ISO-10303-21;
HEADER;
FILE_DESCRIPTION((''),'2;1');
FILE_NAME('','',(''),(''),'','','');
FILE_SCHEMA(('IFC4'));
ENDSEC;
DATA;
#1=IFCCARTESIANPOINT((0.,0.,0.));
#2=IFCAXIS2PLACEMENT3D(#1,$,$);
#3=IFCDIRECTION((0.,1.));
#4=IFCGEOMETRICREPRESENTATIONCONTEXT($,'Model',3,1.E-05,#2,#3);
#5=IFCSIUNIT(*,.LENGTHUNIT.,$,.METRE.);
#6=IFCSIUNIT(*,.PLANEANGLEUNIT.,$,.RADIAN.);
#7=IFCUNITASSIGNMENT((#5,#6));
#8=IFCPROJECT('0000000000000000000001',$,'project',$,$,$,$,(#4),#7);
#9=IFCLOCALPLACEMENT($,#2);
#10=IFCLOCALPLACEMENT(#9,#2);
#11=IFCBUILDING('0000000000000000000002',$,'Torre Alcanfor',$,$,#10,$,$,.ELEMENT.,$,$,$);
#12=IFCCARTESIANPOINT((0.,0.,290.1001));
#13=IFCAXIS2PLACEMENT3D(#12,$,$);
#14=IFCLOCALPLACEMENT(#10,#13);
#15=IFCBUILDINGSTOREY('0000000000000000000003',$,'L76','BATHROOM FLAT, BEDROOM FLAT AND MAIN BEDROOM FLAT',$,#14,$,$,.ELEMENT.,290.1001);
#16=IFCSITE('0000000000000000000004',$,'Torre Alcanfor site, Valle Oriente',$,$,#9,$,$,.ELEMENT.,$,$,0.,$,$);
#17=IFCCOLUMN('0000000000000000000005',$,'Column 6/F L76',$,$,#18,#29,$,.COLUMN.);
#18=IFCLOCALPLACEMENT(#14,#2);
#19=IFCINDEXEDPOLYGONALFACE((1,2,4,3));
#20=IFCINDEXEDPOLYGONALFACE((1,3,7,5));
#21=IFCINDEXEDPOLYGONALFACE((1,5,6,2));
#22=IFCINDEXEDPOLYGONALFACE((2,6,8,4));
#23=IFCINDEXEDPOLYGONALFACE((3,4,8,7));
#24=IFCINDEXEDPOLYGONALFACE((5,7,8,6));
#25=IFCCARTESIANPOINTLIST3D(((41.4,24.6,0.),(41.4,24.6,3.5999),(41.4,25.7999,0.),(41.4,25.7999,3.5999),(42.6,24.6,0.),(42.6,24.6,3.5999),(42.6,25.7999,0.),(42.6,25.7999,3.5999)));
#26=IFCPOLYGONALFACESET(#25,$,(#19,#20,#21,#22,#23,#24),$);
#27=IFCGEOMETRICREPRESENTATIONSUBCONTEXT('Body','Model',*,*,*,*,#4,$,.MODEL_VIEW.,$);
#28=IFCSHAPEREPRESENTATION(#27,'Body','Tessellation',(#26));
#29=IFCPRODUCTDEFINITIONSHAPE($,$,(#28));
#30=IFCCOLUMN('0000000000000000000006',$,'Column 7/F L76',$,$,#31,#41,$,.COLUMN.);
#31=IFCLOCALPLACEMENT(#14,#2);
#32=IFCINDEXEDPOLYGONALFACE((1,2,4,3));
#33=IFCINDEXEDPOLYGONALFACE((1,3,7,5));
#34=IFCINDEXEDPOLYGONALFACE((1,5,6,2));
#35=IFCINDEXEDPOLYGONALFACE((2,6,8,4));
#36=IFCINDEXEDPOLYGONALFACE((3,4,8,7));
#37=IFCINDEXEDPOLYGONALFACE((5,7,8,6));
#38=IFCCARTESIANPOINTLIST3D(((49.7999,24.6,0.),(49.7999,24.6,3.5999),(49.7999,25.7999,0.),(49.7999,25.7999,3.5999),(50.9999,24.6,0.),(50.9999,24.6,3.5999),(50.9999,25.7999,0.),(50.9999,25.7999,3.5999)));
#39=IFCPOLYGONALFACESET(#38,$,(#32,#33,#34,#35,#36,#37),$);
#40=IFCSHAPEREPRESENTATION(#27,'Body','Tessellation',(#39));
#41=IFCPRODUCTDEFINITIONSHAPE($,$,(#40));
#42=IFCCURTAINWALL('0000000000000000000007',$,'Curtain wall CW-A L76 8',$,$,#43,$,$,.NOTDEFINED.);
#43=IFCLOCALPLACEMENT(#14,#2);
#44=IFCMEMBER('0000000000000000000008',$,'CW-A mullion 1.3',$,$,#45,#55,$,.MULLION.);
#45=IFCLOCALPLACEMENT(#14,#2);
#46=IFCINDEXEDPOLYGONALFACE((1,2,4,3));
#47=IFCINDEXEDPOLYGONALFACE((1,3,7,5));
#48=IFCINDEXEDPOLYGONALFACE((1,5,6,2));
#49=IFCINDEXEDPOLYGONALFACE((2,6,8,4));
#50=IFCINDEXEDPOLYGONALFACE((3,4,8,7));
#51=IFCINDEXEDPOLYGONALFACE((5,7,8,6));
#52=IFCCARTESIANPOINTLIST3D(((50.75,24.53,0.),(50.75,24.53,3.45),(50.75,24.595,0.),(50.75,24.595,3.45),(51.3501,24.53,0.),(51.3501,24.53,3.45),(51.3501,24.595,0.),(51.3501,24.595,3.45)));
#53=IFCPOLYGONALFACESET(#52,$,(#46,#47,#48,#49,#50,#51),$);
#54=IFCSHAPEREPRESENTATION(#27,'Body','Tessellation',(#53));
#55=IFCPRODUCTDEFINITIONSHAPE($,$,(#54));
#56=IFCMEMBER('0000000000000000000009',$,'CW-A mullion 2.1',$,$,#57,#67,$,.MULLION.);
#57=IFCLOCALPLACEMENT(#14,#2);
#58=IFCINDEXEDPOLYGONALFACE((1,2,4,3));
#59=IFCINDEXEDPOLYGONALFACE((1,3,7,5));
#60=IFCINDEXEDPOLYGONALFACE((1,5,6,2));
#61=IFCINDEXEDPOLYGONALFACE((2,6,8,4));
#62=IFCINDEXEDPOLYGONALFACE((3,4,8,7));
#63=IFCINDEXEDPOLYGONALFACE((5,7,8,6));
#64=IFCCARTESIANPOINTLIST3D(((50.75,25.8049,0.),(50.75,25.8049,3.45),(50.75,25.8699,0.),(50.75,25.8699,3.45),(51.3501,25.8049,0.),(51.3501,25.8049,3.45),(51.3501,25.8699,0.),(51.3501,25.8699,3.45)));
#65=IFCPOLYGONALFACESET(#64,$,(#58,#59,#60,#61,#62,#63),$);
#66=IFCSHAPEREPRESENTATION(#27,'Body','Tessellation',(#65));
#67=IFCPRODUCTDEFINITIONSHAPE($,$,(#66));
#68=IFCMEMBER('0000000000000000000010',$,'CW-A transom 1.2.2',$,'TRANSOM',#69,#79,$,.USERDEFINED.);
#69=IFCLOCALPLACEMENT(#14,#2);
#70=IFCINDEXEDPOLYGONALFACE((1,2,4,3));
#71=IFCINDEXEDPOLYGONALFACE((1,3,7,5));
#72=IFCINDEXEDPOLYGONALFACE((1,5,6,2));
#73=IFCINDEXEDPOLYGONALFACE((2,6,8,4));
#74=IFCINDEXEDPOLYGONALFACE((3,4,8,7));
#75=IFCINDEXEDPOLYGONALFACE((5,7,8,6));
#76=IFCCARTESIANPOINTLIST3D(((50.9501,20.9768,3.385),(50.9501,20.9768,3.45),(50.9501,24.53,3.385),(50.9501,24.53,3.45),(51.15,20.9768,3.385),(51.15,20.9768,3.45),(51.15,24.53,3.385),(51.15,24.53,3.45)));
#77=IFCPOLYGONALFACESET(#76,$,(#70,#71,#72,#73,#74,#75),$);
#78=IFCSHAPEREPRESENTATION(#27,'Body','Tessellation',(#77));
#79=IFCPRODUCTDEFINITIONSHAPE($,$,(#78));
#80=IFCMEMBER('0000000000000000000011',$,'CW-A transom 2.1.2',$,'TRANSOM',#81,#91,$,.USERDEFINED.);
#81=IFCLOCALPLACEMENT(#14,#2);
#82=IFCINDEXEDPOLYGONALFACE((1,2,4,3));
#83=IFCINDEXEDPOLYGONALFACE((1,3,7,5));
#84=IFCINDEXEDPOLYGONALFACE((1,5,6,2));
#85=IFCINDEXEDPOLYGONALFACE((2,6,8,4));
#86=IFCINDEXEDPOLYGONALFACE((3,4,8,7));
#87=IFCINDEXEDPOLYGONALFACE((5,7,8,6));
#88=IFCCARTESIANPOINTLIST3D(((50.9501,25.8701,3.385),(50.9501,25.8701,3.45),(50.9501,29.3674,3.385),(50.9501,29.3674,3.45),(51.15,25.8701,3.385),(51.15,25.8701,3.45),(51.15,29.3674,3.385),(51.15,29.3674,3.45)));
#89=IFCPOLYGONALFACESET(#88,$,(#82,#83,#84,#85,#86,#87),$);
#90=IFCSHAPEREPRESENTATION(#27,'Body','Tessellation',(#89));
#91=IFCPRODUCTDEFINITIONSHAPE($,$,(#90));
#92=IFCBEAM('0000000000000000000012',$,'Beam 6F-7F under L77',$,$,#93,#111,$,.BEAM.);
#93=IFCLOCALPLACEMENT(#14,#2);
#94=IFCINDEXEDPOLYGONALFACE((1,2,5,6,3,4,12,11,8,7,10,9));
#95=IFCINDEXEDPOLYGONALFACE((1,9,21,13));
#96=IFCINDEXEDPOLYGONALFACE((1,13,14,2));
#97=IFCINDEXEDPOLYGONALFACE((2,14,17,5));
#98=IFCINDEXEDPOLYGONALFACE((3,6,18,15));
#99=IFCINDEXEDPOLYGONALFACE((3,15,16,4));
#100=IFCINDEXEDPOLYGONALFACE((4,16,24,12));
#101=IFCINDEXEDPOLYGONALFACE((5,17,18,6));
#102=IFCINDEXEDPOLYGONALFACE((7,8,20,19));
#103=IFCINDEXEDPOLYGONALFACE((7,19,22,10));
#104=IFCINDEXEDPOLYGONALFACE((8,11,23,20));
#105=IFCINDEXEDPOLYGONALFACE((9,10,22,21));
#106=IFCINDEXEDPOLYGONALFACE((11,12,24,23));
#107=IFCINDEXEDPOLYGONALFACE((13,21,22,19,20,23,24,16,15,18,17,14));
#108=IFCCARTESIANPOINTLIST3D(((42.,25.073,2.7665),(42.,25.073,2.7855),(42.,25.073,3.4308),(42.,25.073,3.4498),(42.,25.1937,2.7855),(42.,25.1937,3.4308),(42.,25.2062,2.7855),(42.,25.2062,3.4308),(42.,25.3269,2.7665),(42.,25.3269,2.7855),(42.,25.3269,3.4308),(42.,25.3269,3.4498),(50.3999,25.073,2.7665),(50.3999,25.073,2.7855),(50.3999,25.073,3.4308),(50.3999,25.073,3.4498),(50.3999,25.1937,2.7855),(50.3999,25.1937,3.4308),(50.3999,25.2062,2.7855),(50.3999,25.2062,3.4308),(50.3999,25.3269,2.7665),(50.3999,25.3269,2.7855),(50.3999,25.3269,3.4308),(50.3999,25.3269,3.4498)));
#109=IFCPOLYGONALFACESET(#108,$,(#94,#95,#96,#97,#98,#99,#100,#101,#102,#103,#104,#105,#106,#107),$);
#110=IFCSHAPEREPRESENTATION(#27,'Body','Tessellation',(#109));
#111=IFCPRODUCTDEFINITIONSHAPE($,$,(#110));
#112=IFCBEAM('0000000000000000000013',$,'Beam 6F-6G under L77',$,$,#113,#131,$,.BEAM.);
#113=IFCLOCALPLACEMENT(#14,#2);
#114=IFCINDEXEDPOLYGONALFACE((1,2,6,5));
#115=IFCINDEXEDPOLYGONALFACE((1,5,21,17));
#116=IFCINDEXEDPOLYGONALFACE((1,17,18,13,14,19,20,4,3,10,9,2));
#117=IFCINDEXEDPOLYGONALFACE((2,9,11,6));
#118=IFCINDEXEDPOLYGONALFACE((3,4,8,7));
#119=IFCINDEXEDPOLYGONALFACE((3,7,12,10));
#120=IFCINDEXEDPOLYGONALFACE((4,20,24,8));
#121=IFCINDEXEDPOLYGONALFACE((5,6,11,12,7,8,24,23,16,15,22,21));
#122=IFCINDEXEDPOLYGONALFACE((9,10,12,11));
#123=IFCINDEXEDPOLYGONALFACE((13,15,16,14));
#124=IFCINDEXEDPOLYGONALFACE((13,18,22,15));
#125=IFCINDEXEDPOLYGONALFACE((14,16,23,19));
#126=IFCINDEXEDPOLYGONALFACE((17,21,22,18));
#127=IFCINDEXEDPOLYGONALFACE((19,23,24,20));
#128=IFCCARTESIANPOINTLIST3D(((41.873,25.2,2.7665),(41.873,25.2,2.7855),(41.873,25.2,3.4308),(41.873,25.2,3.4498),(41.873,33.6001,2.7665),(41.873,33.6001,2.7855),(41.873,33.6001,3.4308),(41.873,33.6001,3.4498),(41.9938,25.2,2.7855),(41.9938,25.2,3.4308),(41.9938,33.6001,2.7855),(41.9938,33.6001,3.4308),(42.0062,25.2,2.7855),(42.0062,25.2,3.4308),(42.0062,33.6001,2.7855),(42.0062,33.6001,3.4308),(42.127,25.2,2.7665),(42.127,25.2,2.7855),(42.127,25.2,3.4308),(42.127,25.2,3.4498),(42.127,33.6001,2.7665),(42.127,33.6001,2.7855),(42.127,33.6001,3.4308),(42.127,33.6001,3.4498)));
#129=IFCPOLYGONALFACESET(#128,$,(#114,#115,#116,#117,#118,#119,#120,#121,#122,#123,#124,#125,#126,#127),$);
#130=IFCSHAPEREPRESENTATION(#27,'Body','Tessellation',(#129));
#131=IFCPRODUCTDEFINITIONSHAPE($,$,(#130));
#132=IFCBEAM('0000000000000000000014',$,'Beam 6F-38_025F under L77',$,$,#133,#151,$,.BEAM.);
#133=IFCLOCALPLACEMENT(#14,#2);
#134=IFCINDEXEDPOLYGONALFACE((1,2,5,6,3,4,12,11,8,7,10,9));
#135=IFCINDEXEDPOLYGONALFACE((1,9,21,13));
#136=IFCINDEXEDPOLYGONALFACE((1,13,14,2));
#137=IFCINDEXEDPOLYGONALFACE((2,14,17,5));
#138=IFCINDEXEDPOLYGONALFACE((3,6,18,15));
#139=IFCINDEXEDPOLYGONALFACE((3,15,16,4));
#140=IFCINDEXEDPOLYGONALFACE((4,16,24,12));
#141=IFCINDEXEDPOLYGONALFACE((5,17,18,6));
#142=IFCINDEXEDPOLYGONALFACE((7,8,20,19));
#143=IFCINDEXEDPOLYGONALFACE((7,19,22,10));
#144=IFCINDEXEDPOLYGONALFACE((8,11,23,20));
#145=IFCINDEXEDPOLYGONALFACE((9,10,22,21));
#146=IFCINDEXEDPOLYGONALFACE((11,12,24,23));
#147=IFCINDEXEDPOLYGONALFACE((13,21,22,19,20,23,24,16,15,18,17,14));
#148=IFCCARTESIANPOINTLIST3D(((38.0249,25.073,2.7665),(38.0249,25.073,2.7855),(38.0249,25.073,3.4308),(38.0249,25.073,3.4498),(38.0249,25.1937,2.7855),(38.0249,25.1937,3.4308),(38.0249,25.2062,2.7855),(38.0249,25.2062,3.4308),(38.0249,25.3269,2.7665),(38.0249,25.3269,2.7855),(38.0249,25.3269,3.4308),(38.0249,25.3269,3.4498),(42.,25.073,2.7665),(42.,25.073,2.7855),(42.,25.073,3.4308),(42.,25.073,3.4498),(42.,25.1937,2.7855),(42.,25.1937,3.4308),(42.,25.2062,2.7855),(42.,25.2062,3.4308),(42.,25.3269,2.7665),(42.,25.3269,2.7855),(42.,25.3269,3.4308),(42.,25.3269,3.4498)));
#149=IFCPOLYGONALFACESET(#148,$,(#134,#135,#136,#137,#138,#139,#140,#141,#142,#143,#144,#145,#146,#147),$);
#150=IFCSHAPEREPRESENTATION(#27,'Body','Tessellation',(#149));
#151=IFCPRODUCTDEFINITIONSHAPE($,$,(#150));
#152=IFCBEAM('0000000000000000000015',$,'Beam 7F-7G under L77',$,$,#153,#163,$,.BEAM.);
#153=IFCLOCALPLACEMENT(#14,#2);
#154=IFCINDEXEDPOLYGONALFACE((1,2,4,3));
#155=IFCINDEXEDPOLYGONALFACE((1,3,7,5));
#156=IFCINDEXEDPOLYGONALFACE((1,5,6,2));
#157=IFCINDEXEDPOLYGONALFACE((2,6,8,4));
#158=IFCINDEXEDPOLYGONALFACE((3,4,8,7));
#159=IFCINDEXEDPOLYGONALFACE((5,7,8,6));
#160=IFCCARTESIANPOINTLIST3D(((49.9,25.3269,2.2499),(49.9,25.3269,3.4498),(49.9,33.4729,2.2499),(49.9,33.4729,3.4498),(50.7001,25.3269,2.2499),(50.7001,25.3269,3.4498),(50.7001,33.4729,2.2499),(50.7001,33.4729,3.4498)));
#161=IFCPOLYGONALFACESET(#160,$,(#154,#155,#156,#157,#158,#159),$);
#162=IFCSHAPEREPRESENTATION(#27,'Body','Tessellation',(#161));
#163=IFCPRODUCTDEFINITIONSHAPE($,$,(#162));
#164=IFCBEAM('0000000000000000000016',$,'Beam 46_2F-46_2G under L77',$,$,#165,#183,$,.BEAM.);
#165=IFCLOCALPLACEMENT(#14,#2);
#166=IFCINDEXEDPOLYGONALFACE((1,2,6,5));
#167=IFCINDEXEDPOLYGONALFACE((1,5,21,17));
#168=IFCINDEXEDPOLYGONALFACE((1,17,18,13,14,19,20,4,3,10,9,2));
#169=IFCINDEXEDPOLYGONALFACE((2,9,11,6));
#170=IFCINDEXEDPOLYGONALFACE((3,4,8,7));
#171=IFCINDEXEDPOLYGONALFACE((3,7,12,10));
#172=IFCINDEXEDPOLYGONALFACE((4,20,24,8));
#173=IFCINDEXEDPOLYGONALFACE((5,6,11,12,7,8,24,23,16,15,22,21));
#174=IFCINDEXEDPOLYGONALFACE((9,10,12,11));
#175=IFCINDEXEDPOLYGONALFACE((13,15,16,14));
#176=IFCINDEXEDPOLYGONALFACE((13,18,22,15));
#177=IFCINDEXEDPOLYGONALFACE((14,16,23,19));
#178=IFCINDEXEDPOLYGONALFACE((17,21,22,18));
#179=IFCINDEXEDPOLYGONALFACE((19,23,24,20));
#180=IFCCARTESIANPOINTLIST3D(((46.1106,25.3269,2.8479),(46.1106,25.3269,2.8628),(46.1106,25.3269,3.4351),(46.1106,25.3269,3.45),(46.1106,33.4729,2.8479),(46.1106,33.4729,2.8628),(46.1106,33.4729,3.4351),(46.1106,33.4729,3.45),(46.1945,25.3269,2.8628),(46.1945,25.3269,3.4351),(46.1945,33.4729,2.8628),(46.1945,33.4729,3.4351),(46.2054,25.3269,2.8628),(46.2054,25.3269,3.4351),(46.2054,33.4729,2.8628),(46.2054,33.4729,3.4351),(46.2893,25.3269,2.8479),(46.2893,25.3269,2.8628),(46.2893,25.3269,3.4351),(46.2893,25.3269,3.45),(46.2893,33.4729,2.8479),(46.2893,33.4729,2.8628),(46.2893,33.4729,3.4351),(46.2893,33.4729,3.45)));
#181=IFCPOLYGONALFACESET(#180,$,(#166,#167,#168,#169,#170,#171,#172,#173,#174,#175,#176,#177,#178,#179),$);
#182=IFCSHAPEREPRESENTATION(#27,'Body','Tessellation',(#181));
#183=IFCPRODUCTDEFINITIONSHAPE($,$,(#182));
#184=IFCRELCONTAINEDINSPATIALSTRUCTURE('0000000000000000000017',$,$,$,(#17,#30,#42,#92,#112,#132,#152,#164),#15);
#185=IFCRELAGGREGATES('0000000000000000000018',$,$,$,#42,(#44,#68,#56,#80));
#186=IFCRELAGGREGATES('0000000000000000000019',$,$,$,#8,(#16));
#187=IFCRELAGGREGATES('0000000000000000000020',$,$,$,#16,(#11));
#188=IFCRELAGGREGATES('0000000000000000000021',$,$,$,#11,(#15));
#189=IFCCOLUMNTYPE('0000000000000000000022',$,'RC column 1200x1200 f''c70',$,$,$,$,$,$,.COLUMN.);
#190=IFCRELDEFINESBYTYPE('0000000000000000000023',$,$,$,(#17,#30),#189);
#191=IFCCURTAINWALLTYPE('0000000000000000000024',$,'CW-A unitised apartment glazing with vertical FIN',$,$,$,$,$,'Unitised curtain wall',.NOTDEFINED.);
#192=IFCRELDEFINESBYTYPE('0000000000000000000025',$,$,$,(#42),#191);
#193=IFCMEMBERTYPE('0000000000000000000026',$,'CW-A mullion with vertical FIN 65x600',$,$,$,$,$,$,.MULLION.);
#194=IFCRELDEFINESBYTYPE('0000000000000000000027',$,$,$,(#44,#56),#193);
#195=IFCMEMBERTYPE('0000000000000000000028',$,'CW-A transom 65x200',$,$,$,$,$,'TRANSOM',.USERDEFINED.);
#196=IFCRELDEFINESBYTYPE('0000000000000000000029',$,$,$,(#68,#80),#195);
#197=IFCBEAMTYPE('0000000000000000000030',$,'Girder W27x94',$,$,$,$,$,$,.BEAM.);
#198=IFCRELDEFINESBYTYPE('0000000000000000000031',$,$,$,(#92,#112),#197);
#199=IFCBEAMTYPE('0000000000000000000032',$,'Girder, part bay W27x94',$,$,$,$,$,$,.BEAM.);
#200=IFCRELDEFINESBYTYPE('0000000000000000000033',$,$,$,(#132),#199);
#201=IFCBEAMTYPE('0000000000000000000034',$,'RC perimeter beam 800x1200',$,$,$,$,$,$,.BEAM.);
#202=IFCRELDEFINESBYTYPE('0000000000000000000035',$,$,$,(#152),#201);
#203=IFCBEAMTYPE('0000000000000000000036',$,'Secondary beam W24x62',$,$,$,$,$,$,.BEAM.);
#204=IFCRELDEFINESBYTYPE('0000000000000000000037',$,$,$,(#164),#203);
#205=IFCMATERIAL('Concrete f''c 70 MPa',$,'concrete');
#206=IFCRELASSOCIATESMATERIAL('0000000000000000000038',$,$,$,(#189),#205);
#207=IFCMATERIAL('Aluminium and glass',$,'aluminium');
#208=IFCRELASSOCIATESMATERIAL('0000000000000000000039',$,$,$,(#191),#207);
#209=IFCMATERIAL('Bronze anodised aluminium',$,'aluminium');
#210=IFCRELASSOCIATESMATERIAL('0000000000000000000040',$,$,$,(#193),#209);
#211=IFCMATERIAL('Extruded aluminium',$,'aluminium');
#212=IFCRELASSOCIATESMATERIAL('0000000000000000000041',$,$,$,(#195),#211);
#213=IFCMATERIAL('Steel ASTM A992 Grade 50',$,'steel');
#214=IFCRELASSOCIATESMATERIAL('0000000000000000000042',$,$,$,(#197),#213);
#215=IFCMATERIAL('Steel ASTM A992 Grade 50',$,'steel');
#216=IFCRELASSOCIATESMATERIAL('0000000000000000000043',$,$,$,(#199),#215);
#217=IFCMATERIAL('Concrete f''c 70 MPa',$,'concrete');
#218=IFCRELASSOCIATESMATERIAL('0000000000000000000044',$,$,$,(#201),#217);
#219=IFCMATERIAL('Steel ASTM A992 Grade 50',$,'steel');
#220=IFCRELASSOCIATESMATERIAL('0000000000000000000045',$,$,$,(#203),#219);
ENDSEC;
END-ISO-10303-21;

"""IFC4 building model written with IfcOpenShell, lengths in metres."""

from ifc_helpers import new_model, si_unit, direction, frame, origin, origin_2d, place, context, subcontext, project, spatial, rectangle, i_section, extrude, material, material_profile, profile_set, type_object, element, aggregate, save


model = new_model("IFC4")

# Units and contexts
model_context = context("Model", 3, precision=1e-05, world=origin(), true_north=direction((0.0, 1.0)))
body_context = subcontext(model_context, "Body", "Model", "MODEL_VIEW")
ifc_project = project(units=[si_unit("LENGTHUNIT", "METRE"), si_unit("PLANEANGLEUNIT", "RADIAN")], contexts=[model_context])

# Site, building, storey
site_placement = place(None, origin())
site = spatial("IfcSite", under=ifc_project, at=site_placement, Name="Torre Alcanfor site, Valle Oriente", CompositionType="ELEMENT", RefElevation=0.0)
building_placement = place(site_placement, origin())
building = spatial("IfcBuilding", under=site, at=building_placement, Name="Torre Alcanfor", CompositionType="ELEMENT")
storey_placement = place(building_placement, frame((0.0, 0.0, 290.1001)))
storey = spatial("IfcBuildingStorey", under=building, at=storey_placement, Name="L76", Description="BATHROOM FLAT, BEDROOM FLAT AND MAIN BEDROOM FLAT", CompositionType="ELEMENT", Elevation=290.1001)

# Columns
ifc_material_1 = material(Name="Concrete f'c 70 MPa", Category="concrete")
ifc_material_profile_1 = material_profile(ifc_material_1, rectangle(XDim=1.2, YDim=1.2, at=origin_2d()), Name="1200x1200")
ifc_profile_set_1 = profile_set([ifc_material_profile_1], Name="Concrete f'c 70 MPa")
column_type = type_object("IfcColumnType", Name="RC column 1200x1200 f'c70", PredefinedType="COLUMN", material=ifc_profile_set_1)
for number, where, z_axis, x_axis, name in (
    (1, (42.0, 25.2, 0.0), (0.0, 0.0, 1.0), (1.0, 0.0, 0.0), "Column 6/F L76"),
    (2, (50.3999, 25.2, 0.0), (0.0, 0.0, 1.0), (1.0, 0.0, 0.0), "Column 7/F L76"),
):
    element("IfcColumn", number, at=place(storey_placement, frame(where, z_axis=z_axis, x_axis=x_axis)), inside=storey, type_object=column_type, Name=name, PredefinedType="COLUMN", context=body_context, shape_type="SweptSolid", body=[
        extrude(rectangle(XDim=1.2, YDim=1.2, at=origin_2d()), origin(), (0.0, 0.0, 1.0), 3.5999),
    ])

# Curtain wall, members
ifc_material_2 = material(Name="Aluminium and glass", Category="aluminium")
curtain_wall_type = type_object("IfcCurtainWallType", Name="CW-A unitised apartment glazing with vertical FIN", ElementType="Unitised curtain wall", PredefinedType="NOTDEFINED", material=ifc_material_2)
curtain_wall_placement = place(storey_placement, origin())
curtain_wall = element("IfcCurtainWall", 3, at=curtain_wall_placement, inside=storey, type_object=curtain_wall_type, Name="Curtain wall CW-A L76 8", PredefinedType="NOTDEFINED")
ifc_material_3 = material(Name="Bronze anodised aluminium", Category="aluminium")
ifc_material_profile_2 = material_profile(ifc_material_3, rectangle(XDim=0.6001, YDim=0.0649, at=origin_2d()), Name="CW-A mullion 65x600")
ifc_profile_set_2 = profile_set([ifc_material_profile_2], Name="Bronze anodised aluminium")
member_type_1 = type_object("IfcMemberType", Name="CW-A mullion with vertical FIN 65x600", PredefinedType="MULLION", material=ifc_profile_set_2)
member_1_placement = place(storey_placement, frame((51.05, 24.5625, 0.0), z_axis=(0.0, 0.0, 1.0), x_axis=(-1.0, 0.0, 0.0)))
member_1 = element("IfcMember", 4, at=member_1_placement, type_object=member_type_1, Name="CW-A mullion 1.3", PredefinedType="MULLION", context=body_context, shape_type="SweptSolid", body=[
    extrude(rectangle(XDim=0.6001, YDim=0.0649, at=origin_2d()), origin(), (0.0, 0.0, 1.0), 3.45),
])
member_2_placement = place(storey_placement, frame((51.05, 25.8374, 0.0), z_axis=(0.0, 0.0, 1.0), x_axis=(-1.0, 0.0, 0.0)))
member_2 = element("IfcMember", 5, at=member_2_placement, type_object=member_type_1, Name="CW-A mullion 2.1", PredefinedType="MULLION", context=body_context, shape_type="SweptSolid", body=[
    extrude(rectangle(XDim=0.6001, YDim=0.0649, at=origin_2d()), origin(), (0.0, 0.0, 1.0), 3.45),
])
ifc_material_4 = material(Name="Extruded aluminium", Category="aluminium")
ifc_material_profile_3 = material_profile(ifc_material_4, rectangle(XDim=0.2, YDim=0.0649, at=origin_2d()), Name="CW-A transom 200x65")
ifc_profile_set_3 = profile_set([ifc_material_profile_3], Name="Extruded aluminium")
member_type_2 = type_object("IfcMemberType", Name="CW-A transom 65x200", ElementType="TRANSOM", PredefinedType="USERDEFINED", material=ifc_profile_set_3)
member_3_placement = place(storey_placement, frame((51.05, 20.9768, 3.4175), z_axis=(0.0, 1.0, 0.0), x_axis=(-1.0, 0.0, 0.0)))
member_3 = element("IfcMember", 6, at=member_3_placement, type_object=member_type_2, Name="CW-A transom 1.2.2", ObjectType="TRANSOM", PredefinedType="USERDEFINED", context=body_context, shape_type="SweptSolid", body=[
    extrude(rectangle(XDim=0.2, YDim=0.0649, at=origin_2d()), origin(), (0.0, 0.0, 1.0), 3.5532),
])
member_4_placement = place(storey_placement, frame((51.05, 25.8701, 3.4175), z_axis=(0.0, 1.0, 0.0), x_axis=(-1.0, 0.0, 0.0)))
member_4 = element("IfcMember", 7, at=member_4_placement, type_object=member_type_2, Name="CW-A transom 2.1.2", ObjectType="TRANSOM", PredefinedType="USERDEFINED", context=body_context, shape_type="SweptSolid", body=[
    extrude(rectangle(XDim=0.2, YDim=0.0649, at=origin_2d()), origin(), (0.0, 0.0, 1.0), 3.4973),
])

# Beams
ifc_material_5 = material(Name="Steel ASTM A992 Grade 50", Category="steel")
ifc_material_profile_4 = material_profile(ifc_material_5, i_section(OverallWidth=0.2539, OverallDepth=0.6833, WebThickness=0.0125, FlangeThickness=0.019, at=origin_2d()), Name="W27x94")
ifc_profile_set_4 = profile_set([ifc_material_profile_4], Name="Steel ASTM A992 Grade 50")
beam_type_1 = type_object("IfcBeamType", Name="Girder W27x94", PredefinedType="BEAM", material=ifc_profile_set_4)
beam_1_placement = place(storey_placement, frame((42.0, 25.2, 3.1082), z_axis=(1.0, 0.0, 0.0), x_axis=(0.0, 1.0, 0.0)))
element("IfcBeam", 8, at=beam_1_placement, inside=storey, type_object=beam_type_1, Name="Beam 6F-7F under L77", PredefinedType="BEAM", context=body_context, shape_type="SweptSolid", body=[
    extrude(i_section(OverallWidth=0.2539, OverallDepth=0.6833, WebThickness=0.0125, FlangeThickness=0.019, at=origin_2d()), origin(), (0.0, 0.0, 1.0), 8.3999),
])
beam_2_placement = place(storey_placement, frame((42.0, 25.2, 3.1082), z_axis=(0.0, 1.0, 0.0), x_axis=(-1.0, 0.0, 0.0)))
element("IfcBeam", 9, at=beam_2_placement, inside=storey, type_object=beam_type_1, Name="Beam 6F-6G under L77", PredefinedType="BEAM", context=body_context, shape_type="SweptSolid", body=[
    extrude(i_section(OverallWidth=0.2539, OverallDepth=0.6833, WebThickness=0.0125, FlangeThickness=0.019, at=origin_2d()), origin(), (0.0, 0.0, 1.0), 8.4001),
])
ifc_material_6 = material(Name="Steel ASTM A992 Grade 50", Category="steel")
ifc_material_profile_5 = material_profile(ifc_material_6, i_section(OverallWidth=0.2539, OverallDepth=0.6833, WebThickness=0.0125, FlangeThickness=0.019, at=origin_2d()), Name="W27x94")
ifc_profile_set_5 = profile_set([ifc_material_profile_5], Name="Steel ASTM A992 Grade 50")
beam_type_2 = type_object("IfcBeamType", Name="Girder, part bay W27x94", PredefinedType="BEAM", material=ifc_profile_set_5)
beam_3_placement = place(storey_placement, frame((42.0, 25.2, 3.1082), z_axis=(-1.0, 0.0, 0.0), x_axis=(0.0, -1.0, 0.0)))
element("IfcBeam", 10, at=beam_3_placement, inside=storey, type_object=beam_type_2, Name="Beam 6F-38_025F under L77", PredefinedType="BEAM", context=body_context, shape_type="SweptSolid", body=[
    extrude(i_section(OverallWidth=0.2539, OverallDepth=0.6833, WebThickness=0.0125, FlangeThickness=0.019, at=origin_2d()), origin(), (0.0, 0.0, 1.0), 3.9751),
])
ifc_material_7 = material(Name="Concrete f'c 70 MPa", Category="concrete")
ifc_material_profile_6 = material_profile(ifc_material_7, rectangle(XDim=0.8, YDim=1.2, at=origin_2d()), Name="800x1200")
ifc_profile_set_6 = profile_set([ifc_material_profile_6], Name="Concrete f'c 70 MPa")
beam_type_3 = type_object("IfcBeamType", Name="RC perimeter beam 800x1200", PredefinedType="BEAM", material=ifc_profile_set_6)
beam_4_placement = place(storey_placement, frame((50.3, 25.3269, 2.8499), z_axis=(0.0, 1.0, 0.0), x_axis=(-1.0, 0.0, 0.0)))
element("IfcBeam", 11, at=beam_4_placement, inside=storey, type_object=beam_type_3, Name="Beam 7F-7G under L77", PredefinedType="BEAM", context=body_context, shape_type="SweptSolid", body=[
    extrude(rectangle(XDim=0.8, YDim=1.2, at=origin_2d()), origin(), (0.0, 0.0, 1.0), 8.146),
])
ifc_material_8 = material(Name="Steel ASTM A992 Grade 50", Category="steel")
ifc_material_profile_7 = material_profile(ifc_material_8, i_section(OverallWidth=0.1787, OverallDepth=0.6021, WebThickness=0.011, FlangeThickness=0.0149, at=origin_2d()), Name="W24x62")
ifc_profile_set_7 = profile_set([ifc_material_profile_7], Name="Steel ASTM A992 Grade 50")
beam_type_4 = type_object("IfcBeamType", Name="Secondary beam W24x62", PredefinedType="BEAM", material=ifc_profile_set_7)
beam_5_placement = place(storey_placement, frame((46.2, 25.3269, 3.1489), z_axis=(0.0, 1.0, 0.0), x_axis=(-1.0, 0.0, 0.0)))
element("IfcBeam", 12, at=beam_5_placement, inside=storey, type_object=beam_type_4, Name="Beam 46_2F-46_2G under L77", PredefinedType="BEAM", context=body_context, shape_type="SweptSolid", body=[
    extrude(i_section(OverallWidth=0.1787, OverallDepth=0.6021, WebThickness=0.011, FlangeThickness=0.0149, at=origin_2d()), origin(), (0.0, 0.0, 1.0), 8.146),
])

aggregate(curtain_wall, [member_1, member_3, member_2, member_4])

save(model, "model.ifc")
